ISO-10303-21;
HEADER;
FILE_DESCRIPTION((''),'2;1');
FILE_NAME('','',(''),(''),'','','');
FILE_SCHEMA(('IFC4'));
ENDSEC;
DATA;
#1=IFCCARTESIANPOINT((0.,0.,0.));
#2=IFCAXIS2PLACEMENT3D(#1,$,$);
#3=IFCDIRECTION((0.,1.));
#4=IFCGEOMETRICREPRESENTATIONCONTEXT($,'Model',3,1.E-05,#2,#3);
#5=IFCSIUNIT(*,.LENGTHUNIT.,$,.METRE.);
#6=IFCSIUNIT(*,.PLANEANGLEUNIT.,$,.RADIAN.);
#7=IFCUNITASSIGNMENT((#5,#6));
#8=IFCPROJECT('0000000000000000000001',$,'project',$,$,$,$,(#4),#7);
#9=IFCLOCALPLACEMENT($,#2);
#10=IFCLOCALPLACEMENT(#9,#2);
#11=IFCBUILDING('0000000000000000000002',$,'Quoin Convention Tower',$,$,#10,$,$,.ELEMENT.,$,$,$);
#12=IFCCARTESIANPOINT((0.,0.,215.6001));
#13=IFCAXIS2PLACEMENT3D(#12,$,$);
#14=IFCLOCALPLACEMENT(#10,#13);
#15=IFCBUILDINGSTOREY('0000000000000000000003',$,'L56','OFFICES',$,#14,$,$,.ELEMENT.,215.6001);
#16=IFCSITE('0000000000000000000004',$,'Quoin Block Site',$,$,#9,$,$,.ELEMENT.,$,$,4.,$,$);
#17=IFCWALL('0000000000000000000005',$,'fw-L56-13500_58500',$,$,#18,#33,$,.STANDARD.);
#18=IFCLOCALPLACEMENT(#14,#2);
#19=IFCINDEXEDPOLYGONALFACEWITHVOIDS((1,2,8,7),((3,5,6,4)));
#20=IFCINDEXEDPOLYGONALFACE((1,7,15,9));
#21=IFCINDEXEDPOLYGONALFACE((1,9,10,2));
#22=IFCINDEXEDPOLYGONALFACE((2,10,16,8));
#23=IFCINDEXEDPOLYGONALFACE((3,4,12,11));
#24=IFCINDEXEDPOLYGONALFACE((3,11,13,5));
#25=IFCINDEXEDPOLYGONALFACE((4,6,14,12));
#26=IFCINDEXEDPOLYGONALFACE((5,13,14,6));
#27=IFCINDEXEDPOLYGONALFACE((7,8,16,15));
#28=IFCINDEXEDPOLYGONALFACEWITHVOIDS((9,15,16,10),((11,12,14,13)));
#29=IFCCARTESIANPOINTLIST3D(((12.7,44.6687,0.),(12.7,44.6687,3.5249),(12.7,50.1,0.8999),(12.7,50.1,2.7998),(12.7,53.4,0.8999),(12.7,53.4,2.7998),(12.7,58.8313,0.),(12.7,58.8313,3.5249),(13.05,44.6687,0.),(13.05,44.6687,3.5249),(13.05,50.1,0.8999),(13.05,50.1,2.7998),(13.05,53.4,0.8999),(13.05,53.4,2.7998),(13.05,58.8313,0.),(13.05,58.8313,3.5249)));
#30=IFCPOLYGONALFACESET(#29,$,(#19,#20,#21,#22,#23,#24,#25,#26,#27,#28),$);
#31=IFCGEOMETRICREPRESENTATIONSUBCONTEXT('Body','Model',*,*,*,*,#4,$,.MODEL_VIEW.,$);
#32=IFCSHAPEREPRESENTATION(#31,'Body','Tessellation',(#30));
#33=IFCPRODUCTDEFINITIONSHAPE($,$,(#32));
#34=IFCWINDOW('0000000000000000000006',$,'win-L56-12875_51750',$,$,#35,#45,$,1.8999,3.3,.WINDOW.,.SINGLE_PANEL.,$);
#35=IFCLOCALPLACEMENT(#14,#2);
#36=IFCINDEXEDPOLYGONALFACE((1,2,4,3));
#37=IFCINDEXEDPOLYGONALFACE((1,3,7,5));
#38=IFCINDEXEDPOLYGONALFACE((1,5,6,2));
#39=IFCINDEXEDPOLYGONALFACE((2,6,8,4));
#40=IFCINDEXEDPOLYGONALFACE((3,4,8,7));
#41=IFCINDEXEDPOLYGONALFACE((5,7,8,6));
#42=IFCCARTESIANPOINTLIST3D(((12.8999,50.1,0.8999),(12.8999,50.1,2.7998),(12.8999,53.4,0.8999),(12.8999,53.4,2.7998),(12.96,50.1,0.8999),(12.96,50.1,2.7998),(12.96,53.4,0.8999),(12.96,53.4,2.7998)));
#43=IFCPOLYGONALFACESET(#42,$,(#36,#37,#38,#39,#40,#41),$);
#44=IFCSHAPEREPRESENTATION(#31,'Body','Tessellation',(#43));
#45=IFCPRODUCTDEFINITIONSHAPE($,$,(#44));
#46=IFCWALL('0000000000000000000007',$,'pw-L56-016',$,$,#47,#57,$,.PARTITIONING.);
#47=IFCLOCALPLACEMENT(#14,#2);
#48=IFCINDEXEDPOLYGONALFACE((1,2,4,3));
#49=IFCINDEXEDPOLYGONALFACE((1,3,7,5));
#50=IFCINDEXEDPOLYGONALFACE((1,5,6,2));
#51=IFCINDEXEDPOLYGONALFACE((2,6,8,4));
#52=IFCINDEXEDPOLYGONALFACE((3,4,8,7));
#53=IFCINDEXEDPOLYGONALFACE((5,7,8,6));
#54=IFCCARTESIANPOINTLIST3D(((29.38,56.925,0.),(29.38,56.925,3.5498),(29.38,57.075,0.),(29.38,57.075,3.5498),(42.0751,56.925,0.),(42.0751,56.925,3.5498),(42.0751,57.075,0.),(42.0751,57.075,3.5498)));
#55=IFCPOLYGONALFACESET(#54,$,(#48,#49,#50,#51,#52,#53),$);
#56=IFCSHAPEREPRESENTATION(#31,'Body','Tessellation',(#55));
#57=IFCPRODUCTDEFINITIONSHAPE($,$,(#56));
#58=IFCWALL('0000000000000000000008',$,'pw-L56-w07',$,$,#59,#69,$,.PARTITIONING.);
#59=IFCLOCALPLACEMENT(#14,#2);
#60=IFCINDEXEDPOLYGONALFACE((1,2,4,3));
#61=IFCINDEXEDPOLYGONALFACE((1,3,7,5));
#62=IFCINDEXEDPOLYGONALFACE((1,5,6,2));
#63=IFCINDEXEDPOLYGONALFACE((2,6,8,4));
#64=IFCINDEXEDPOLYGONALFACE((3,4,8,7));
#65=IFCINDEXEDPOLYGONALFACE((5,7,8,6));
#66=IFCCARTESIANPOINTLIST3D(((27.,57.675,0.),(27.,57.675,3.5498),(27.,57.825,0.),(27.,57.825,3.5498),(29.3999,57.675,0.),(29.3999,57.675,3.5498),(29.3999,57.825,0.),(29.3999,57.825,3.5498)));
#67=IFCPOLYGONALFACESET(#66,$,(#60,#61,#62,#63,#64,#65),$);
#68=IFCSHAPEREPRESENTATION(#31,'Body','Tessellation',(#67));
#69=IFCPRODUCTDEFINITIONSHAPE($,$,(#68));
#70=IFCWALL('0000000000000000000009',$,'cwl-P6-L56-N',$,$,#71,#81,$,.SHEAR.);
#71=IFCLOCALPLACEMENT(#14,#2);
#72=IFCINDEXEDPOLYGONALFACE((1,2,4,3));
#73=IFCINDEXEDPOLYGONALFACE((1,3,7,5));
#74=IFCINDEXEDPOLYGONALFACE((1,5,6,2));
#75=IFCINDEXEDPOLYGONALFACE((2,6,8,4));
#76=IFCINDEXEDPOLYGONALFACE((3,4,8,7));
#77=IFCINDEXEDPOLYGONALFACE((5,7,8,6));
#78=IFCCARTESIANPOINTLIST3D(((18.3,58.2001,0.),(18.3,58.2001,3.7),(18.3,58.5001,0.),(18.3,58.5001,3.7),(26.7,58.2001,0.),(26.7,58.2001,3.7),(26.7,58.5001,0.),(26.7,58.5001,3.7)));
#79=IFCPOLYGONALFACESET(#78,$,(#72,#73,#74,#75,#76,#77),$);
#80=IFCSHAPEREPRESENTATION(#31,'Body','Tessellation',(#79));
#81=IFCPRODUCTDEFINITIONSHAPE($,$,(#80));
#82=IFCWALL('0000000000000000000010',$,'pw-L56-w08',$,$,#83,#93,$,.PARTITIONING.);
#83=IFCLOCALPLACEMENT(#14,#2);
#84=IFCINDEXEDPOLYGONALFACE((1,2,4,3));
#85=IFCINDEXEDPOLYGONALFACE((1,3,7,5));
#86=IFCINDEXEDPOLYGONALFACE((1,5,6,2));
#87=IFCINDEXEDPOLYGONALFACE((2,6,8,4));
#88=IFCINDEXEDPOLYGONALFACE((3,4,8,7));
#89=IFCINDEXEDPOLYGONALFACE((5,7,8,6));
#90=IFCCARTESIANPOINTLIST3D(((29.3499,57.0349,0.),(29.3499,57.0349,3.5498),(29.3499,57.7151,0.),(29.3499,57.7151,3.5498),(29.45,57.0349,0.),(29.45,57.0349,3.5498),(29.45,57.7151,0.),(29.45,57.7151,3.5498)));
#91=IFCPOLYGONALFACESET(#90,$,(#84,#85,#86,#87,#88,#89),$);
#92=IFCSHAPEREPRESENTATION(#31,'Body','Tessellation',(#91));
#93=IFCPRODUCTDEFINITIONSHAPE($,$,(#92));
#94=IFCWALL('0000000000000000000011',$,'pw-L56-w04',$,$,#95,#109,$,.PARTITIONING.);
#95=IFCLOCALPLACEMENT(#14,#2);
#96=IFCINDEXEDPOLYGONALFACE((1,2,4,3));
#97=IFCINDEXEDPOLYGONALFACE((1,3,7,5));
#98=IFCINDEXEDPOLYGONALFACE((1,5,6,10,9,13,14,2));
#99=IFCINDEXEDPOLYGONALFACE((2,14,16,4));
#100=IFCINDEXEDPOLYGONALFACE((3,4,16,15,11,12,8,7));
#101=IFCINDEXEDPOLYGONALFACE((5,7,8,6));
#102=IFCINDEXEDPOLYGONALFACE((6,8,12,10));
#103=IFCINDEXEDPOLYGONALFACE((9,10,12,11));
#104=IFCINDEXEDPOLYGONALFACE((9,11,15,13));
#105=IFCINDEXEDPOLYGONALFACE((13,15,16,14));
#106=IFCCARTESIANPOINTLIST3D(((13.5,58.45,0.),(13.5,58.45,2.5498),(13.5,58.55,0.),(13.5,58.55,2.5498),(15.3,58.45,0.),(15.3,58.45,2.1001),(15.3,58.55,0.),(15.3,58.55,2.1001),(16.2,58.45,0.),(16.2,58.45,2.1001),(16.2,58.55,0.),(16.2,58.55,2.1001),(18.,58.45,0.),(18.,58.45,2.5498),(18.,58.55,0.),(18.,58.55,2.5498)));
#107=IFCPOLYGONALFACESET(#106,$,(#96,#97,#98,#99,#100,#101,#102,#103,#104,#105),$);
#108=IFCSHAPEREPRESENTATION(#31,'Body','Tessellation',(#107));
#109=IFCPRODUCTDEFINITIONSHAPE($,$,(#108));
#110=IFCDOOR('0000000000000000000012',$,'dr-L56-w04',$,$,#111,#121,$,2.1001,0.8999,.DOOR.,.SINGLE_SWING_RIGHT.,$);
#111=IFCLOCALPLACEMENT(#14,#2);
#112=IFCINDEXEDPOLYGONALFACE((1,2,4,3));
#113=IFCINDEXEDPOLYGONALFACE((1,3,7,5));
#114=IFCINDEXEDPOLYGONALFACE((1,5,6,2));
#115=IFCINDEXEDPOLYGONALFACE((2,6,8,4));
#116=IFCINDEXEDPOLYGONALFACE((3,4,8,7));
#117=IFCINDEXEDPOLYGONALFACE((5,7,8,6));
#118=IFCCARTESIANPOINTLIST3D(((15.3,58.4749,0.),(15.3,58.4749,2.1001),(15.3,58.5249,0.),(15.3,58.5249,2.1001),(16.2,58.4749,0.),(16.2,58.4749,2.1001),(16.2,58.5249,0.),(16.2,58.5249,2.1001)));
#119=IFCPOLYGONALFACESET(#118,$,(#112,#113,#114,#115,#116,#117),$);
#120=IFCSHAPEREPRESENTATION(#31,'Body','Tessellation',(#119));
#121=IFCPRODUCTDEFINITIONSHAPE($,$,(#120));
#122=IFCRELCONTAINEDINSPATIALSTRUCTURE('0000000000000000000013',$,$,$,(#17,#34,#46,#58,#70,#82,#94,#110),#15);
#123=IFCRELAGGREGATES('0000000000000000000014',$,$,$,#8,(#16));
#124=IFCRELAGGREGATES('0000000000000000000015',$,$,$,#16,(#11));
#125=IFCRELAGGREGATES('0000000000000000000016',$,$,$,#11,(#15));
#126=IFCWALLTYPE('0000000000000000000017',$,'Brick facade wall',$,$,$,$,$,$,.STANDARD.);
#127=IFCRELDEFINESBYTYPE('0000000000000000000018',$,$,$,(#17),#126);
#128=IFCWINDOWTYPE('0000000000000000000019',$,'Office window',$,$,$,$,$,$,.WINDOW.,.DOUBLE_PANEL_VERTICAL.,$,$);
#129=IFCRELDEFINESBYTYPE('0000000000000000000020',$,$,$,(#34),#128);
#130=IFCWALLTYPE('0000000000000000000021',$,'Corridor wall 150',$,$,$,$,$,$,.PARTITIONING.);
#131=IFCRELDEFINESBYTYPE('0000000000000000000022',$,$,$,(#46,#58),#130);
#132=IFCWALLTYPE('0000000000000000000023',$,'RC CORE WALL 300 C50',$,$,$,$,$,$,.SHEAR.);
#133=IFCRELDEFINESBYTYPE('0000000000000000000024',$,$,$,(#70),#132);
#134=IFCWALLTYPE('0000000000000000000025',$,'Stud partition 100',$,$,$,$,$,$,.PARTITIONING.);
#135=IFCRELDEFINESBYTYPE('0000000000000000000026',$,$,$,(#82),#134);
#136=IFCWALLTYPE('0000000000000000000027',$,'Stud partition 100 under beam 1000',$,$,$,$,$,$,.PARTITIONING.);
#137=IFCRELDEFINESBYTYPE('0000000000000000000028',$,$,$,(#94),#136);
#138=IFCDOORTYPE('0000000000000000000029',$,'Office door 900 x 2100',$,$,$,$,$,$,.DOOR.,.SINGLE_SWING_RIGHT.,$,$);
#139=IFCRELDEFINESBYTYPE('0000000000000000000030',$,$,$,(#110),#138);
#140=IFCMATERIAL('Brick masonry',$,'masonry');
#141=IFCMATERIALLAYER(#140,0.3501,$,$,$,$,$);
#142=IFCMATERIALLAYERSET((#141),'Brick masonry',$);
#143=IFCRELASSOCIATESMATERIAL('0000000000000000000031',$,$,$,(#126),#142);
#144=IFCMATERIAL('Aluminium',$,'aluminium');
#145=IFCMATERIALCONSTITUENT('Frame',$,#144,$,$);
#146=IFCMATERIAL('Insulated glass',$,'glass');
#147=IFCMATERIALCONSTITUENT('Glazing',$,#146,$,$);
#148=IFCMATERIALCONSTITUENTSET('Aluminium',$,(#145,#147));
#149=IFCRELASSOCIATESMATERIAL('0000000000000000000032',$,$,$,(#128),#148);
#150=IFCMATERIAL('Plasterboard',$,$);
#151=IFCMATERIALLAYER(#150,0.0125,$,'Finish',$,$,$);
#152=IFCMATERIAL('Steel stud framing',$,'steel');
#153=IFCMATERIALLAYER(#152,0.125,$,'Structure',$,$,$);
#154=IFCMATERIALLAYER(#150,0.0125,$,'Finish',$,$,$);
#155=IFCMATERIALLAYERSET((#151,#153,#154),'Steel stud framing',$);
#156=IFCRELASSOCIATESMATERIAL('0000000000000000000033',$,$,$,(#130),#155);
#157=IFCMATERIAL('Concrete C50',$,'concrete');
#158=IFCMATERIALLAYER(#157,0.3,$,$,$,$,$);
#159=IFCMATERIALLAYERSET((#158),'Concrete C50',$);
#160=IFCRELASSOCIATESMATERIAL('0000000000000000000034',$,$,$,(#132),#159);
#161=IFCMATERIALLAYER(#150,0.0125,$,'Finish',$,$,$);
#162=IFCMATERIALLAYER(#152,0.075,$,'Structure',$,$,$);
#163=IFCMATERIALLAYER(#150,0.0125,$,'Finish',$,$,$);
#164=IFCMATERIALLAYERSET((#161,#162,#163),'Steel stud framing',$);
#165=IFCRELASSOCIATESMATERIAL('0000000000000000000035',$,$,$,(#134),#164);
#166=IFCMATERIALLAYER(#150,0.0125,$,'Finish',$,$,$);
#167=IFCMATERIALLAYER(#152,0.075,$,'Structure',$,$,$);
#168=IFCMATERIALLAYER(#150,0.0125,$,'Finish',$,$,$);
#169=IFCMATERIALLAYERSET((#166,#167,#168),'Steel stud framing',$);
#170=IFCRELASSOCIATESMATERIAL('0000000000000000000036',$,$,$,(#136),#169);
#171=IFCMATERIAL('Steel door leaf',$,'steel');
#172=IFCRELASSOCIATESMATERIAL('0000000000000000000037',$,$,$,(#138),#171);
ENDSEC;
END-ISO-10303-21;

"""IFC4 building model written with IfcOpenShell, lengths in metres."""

from ifc_helpers import new_model, si_unit, direction, frame, frame_2d, origin, place, context, subcontext, project, spatial, rectangle, extrude, material, layer, layer_set, constituent, constituent_set, type_object, element, fill, save


model = new_model("IFC4")

# Units and contexts
model_context = context("Model", 3, precision=1e-05, world=origin(), true_north=direction((0.0, 1.0)))
body_context = subcontext(model_context, "Body", "Model", "MODEL_VIEW")
ifc_project = project(units=[si_unit("LENGTHUNIT", "METRE"), si_unit("PLANEANGLEUNIT", "RADIAN")], contexts=[model_context])

# Site, building, storey
site_placement = place(None, origin())
site = spatial("IfcSite", under=ifc_project, at=site_placement, Name="Quoin Block Site", CompositionType="ELEMENT", RefElevation=4.0)
building_placement = place(site_placement, origin())
building = spatial("IfcBuilding", under=site, at=building_placement, Name="Quoin Convention Tower", CompositionType="ELEMENT")
storey_placement = place(building_placement, frame((0.0, 0.0, 215.6001)))
storey = spatial("IfcBuildingStorey", under=building, at=storey_placement, Name="L56", Description="OFFICES", CompositionType="ELEMENT", Elevation=215.6001)

# Shared definitions
ifc_material_1 = material(Name="Concrete C50", Category="concrete")

# Wall, opening, window
ifc_material_2 = material(Name="Brick masonry", Category="masonry")
ifc_layer_1 = layer(ifc_material_2, 0.3501)
ifc_layer_set_1 = layer_set([ifc_layer_1], Name="Brick masonry")
wall_type_1 = type_object("IfcWallType", Name="Brick facade wall", PredefinedType="STANDARD", material=ifc_layer_set_1)
ifc_material_3 = material(Name="Aluminium", Category="aluminium")
ifc_constituent_1 = constituent(ifc_material_3, Name="Frame")
ifc_material_4 = material(Name="Insulated glass", Category="glass")
ifc_constituent_2 = constituent(ifc_material_4, Name="Glazing")
ifc_constituent_set = constituent_set(constituents=[ifc_constituent_1, ifc_constituent_2], Name="Aluminium")
window_type = type_object("IfcWindowType", Name="Office window", PartitioningType="DOUBLE_PANEL_VERTICAL", PredefinedType="WINDOW", material=ifc_constituent_set)
wall_1_placement = place(storey_placement, frame((12.875, 58.8313, 0.0), z_axis=(0.0, 0.0, 1.0), x_axis=(0.0, -1.0, 0.0)))
wall_1 = element("IfcWall", 1, at=wall_1_placement, inside=storey, type_object=wall_type_1, Name="fw-L56-13500_58500", PredefinedType="STANDARD", context=body_context, shape_type="SweptSolid", body=[
    extrude(rectangle(XDim=14.1626, YDim=0.3501, at=frame_2d((7.0813, 0.0))), origin(), (0.0, 0.0, 1.0), 3.5249),
])
opening_1_placement = place(wall_1_placement, frame((5.4314, 0.0, 0.8999)))
opening_1 = element("IfcOpeningElement", 2, at=opening_1_placement, cuts=wall_1, PredefinedType="OPENING", context=body_context, shape_type="SweptSolid", body=[
    extrude(rectangle(XDim=3.3, YDim=1.8999, at=frame_2d((1.6499, 0.95))), frame((0.0, 0.1851, 0.0), z_axis=(0.0, -1.0, 0.0), x_axis=(1.0, 0.0, 0.0)), (0.0, 0.0, 1.0), 0.3701),
])
window_1_placement = place(opening_1_placement, origin())
window_1 = element("IfcWindow", 3, at=window_1_placement, inside=storey, type_object=window_type, Name="win-L56-12875_51750", OverallHeight=1.8999, OverallWidth=3.3, PartitioningType="SINGLE_PANEL", PredefinedType="WINDOW", context=body_context, shape_type="SweptSolid", body=[
    extrude(rectangle(XDim=3.3, YDim=1.8999, at=frame_2d((1.6499, 0.95))), frame((0.0, 0.085, 0.0), z_axis=(0.0, -1.0, 0.0), x_axis=(1.0, 0.0, 0.0)), (0.0, 0.0, 1.0), 0.0601),
])
fill(opening_1, window_1)

# Walls
ifc_material_5 = material(Name="Plasterboard")
ifc_layer_2 = layer(ifc_material_5, 0.0125, Name="Finish")
ifc_material_6 = material(Name="Steel stud framing", Category="steel")
ifc_layer_3 = layer(ifc_material_6, 0.125, Name="Structure")
ifc_layer_4 = layer(ifc_material_5, 0.0125, Name="Finish")
ifc_layer_set_2 = layer_set([ifc_layer_2, ifc_layer_3, ifc_layer_4], Name="Steel stud framing")
wall_type_2 = type_object("IfcWallType", Name="Corridor wall 150", PredefinedType="PARTITIONING", material=ifc_layer_set_2)
wall_2_placement = place(storey_placement, frame((29.3799, 57.0, 0.0), z_axis=(0.0, 0.0, 1.0), x_axis=(1.0, 0.0, 0.0)))
element("IfcWall", 4, at=wall_2_placement, inside=storey, type_object=wall_type_2, Name="pw-L56-016", PredefinedType="PARTITIONING", context=body_context, shape_type="SweptSolid", body=[
    extrude(rectangle(XDim=12.6951, YDim=0.1499, at=frame_2d((6.3477, 0.0))), origin(), (0.0, 0.0, 1.0), 3.5498),
])
wall_3_placement = place(storey_placement, frame((27.0, 57.75, 0.0), z_axis=(0.0, 0.0, 1.0), x_axis=(1.0, 0.0, 0.0)))
element("IfcWall", 5, at=wall_3_placement, inside=storey, type_object=wall_type_2, Name="pw-L56-w07", PredefinedType="PARTITIONING", context=body_context, shape_type="SweptSolid", body=[
    extrude(rectangle(XDim=2.3999, YDim=0.1499, at=frame_2d((1.2, 0.0))), origin(), (0.0, 0.0, 1.0), 3.5498),
])
ifc_layer_5 = layer(ifc_material_1, 0.3)
ifc_layer_set_3 = layer_set([ifc_layer_5], Name="Concrete C50")
wall_type_3 = type_object("IfcWallType", Name="RC CORE WALL 300 C50", PredefinedType="SHEAR", material=ifc_layer_set_3)
wall_4_placement = place(storey_placement, frame((18.3, 58.3501, 0.0), z_axis=(0.0, 0.0, 1.0), x_axis=(1.0, 0.0, 0.0)))
element("IfcWall", 6, at=wall_4_placement, inside=storey, type_object=wall_type_3, Name="cwl-P6-L56-N", PredefinedType="SHEAR", context=body_context, shape_type="SweptSolid", body=[
    extrude(rectangle(XDim=8.3999, YDim=0.3, at=frame_2d((4.2, 0.0))), origin(), (0.0, 0.0, 1.0), 3.7),
])
ifc_layer_6 = layer(ifc_material_5, 0.0125, Name="Finish")
ifc_layer_7 = layer(ifc_material_6, 0.075, Name="Structure")
ifc_layer_8 = layer(ifc_material_5, 0.0125, Name="Finish")
ifc_layer_set_4 = layer_set([ifc_layer_6, ifc_layer_7, ifc_layer_8], Name="Steel stud framing")
wall_type_4 = type_object("IfcWallType", Name="Stud partition 100", PredefinedType="PARTITIONING", material=ifc_layer_set_4)
wall_5_placement = place(storey_placement, frame((29.3999, 57.7151, 0.0), z_axis=(0.0, 0.0, 1.0), x_axis=(0.0, -1.0, 0.0)))
element("IfcWall", 7, at=wall_5_placement, inside=storey, type_object=wall_type_4, Name="pw-L56-w08", PredefinedType="PARTITIONING", context=body_context, shape_type="SweptSolid", body=[
    extrude(rectangle(XDim=0.6802, YDim=0.1001, at=frame_2d((0.3401, 0.0))), origin(), (0.0, 0.0, 1.0), 3.5498),
])

# Wall, opening, door
ifc_layer_9 = layer(ifc_material_5, 0.0125, Name="Finish")
ifc_layer_10 = layer(ifc_material_6, 0.075, Name="Structure")
ifc_layer_11 = layer(ifc_material_5, 0.0125, Name="Finish")
ifc_layer_set_5 = layer_set([ifc_layer_9, ifc_layer_10, ifc_layer_11], Name="Steel stud framing")
wall_type_5 = type_object("IfcWallType", Name="Stud partition 100 under beam 1000", PredefinedType="PARTITIONING", material=ifc_layer_set_5)
wall_6_placement = place(storey_placement, frame((13.5, 58.5, 0.0), z_axis=(0.0, 0.0, 1.0), x_axis=(1.0, 0.0, 0.0)))
wall_6 = element("IfcWall", 8, at=wall_6_placement, inside=storey, type_object=wall_type_5, Name="pw-L56-w04", PredefinedType="PARTITIONING", context=body_context, shape_type="SweptSolid", body=[
    extrude(rectangle(XDim=4.5, YDim=0.1001, at=frame_2d((2.25, 0.0))), origin(), (0.0, 0.0, 1.0), 2.5498),
])
opening_2_placement = place(wall_6_placement, frame((1.8, 0.0, 0.0)))
opening_2 = element("IfcOpeningElement", 9, at=opening_2_placement, cuts=wall_6, PredefinedType="OPENING", context=body_context, shape_type="SweptSolid", body=[
    extrude(rectangle(XDim=0.8999, YDim=2.1001, at=frame_2d((0.45, 1.05))), frame((0.0, 0.0601, 0.0), z_axis=(0.0, -1.0, 0.0), x_axis=(1.0, 0.0, 0.0)), (0.0, 0.0, 1.0), 0.1201),
])
ifc_material_7 = material(Name="Steel door leaf", Category="steel")
door_type = type_object("IfcDoorType", Name="Office door 900 x 2100", OperationType="SINGLE_SWING_RIGHT", PredefinedType="DOOR", material=ifc_material_7)
door_placement = place(opening_2_placement, origin())
door = element("IfcDoor", 10, at=door_placement, inside=storey, type_object=door_type, Name="dr-L56-w04", OperationType="SINGLE_SWING_RIGHT", OverallHeight=2.1001, OverallWidth=0.8999, PredefinedType="DOOR", context=body_context, shape_type="SweptSolid", body=[
    extrude(rectangle(XDim=0.8999, YDim=2.1001, at=frame_2d((0.45, 1.05))), frame((0.0, 0.0249, 0.0), z_axis=(0.0, -1.0, 0.0), x_axis=(1.0, 0.0, 0.0)), (0.0, 0.0, 1.0), 0.05),
])
fill(opening_2, door)

save(model, "model.ifc")
